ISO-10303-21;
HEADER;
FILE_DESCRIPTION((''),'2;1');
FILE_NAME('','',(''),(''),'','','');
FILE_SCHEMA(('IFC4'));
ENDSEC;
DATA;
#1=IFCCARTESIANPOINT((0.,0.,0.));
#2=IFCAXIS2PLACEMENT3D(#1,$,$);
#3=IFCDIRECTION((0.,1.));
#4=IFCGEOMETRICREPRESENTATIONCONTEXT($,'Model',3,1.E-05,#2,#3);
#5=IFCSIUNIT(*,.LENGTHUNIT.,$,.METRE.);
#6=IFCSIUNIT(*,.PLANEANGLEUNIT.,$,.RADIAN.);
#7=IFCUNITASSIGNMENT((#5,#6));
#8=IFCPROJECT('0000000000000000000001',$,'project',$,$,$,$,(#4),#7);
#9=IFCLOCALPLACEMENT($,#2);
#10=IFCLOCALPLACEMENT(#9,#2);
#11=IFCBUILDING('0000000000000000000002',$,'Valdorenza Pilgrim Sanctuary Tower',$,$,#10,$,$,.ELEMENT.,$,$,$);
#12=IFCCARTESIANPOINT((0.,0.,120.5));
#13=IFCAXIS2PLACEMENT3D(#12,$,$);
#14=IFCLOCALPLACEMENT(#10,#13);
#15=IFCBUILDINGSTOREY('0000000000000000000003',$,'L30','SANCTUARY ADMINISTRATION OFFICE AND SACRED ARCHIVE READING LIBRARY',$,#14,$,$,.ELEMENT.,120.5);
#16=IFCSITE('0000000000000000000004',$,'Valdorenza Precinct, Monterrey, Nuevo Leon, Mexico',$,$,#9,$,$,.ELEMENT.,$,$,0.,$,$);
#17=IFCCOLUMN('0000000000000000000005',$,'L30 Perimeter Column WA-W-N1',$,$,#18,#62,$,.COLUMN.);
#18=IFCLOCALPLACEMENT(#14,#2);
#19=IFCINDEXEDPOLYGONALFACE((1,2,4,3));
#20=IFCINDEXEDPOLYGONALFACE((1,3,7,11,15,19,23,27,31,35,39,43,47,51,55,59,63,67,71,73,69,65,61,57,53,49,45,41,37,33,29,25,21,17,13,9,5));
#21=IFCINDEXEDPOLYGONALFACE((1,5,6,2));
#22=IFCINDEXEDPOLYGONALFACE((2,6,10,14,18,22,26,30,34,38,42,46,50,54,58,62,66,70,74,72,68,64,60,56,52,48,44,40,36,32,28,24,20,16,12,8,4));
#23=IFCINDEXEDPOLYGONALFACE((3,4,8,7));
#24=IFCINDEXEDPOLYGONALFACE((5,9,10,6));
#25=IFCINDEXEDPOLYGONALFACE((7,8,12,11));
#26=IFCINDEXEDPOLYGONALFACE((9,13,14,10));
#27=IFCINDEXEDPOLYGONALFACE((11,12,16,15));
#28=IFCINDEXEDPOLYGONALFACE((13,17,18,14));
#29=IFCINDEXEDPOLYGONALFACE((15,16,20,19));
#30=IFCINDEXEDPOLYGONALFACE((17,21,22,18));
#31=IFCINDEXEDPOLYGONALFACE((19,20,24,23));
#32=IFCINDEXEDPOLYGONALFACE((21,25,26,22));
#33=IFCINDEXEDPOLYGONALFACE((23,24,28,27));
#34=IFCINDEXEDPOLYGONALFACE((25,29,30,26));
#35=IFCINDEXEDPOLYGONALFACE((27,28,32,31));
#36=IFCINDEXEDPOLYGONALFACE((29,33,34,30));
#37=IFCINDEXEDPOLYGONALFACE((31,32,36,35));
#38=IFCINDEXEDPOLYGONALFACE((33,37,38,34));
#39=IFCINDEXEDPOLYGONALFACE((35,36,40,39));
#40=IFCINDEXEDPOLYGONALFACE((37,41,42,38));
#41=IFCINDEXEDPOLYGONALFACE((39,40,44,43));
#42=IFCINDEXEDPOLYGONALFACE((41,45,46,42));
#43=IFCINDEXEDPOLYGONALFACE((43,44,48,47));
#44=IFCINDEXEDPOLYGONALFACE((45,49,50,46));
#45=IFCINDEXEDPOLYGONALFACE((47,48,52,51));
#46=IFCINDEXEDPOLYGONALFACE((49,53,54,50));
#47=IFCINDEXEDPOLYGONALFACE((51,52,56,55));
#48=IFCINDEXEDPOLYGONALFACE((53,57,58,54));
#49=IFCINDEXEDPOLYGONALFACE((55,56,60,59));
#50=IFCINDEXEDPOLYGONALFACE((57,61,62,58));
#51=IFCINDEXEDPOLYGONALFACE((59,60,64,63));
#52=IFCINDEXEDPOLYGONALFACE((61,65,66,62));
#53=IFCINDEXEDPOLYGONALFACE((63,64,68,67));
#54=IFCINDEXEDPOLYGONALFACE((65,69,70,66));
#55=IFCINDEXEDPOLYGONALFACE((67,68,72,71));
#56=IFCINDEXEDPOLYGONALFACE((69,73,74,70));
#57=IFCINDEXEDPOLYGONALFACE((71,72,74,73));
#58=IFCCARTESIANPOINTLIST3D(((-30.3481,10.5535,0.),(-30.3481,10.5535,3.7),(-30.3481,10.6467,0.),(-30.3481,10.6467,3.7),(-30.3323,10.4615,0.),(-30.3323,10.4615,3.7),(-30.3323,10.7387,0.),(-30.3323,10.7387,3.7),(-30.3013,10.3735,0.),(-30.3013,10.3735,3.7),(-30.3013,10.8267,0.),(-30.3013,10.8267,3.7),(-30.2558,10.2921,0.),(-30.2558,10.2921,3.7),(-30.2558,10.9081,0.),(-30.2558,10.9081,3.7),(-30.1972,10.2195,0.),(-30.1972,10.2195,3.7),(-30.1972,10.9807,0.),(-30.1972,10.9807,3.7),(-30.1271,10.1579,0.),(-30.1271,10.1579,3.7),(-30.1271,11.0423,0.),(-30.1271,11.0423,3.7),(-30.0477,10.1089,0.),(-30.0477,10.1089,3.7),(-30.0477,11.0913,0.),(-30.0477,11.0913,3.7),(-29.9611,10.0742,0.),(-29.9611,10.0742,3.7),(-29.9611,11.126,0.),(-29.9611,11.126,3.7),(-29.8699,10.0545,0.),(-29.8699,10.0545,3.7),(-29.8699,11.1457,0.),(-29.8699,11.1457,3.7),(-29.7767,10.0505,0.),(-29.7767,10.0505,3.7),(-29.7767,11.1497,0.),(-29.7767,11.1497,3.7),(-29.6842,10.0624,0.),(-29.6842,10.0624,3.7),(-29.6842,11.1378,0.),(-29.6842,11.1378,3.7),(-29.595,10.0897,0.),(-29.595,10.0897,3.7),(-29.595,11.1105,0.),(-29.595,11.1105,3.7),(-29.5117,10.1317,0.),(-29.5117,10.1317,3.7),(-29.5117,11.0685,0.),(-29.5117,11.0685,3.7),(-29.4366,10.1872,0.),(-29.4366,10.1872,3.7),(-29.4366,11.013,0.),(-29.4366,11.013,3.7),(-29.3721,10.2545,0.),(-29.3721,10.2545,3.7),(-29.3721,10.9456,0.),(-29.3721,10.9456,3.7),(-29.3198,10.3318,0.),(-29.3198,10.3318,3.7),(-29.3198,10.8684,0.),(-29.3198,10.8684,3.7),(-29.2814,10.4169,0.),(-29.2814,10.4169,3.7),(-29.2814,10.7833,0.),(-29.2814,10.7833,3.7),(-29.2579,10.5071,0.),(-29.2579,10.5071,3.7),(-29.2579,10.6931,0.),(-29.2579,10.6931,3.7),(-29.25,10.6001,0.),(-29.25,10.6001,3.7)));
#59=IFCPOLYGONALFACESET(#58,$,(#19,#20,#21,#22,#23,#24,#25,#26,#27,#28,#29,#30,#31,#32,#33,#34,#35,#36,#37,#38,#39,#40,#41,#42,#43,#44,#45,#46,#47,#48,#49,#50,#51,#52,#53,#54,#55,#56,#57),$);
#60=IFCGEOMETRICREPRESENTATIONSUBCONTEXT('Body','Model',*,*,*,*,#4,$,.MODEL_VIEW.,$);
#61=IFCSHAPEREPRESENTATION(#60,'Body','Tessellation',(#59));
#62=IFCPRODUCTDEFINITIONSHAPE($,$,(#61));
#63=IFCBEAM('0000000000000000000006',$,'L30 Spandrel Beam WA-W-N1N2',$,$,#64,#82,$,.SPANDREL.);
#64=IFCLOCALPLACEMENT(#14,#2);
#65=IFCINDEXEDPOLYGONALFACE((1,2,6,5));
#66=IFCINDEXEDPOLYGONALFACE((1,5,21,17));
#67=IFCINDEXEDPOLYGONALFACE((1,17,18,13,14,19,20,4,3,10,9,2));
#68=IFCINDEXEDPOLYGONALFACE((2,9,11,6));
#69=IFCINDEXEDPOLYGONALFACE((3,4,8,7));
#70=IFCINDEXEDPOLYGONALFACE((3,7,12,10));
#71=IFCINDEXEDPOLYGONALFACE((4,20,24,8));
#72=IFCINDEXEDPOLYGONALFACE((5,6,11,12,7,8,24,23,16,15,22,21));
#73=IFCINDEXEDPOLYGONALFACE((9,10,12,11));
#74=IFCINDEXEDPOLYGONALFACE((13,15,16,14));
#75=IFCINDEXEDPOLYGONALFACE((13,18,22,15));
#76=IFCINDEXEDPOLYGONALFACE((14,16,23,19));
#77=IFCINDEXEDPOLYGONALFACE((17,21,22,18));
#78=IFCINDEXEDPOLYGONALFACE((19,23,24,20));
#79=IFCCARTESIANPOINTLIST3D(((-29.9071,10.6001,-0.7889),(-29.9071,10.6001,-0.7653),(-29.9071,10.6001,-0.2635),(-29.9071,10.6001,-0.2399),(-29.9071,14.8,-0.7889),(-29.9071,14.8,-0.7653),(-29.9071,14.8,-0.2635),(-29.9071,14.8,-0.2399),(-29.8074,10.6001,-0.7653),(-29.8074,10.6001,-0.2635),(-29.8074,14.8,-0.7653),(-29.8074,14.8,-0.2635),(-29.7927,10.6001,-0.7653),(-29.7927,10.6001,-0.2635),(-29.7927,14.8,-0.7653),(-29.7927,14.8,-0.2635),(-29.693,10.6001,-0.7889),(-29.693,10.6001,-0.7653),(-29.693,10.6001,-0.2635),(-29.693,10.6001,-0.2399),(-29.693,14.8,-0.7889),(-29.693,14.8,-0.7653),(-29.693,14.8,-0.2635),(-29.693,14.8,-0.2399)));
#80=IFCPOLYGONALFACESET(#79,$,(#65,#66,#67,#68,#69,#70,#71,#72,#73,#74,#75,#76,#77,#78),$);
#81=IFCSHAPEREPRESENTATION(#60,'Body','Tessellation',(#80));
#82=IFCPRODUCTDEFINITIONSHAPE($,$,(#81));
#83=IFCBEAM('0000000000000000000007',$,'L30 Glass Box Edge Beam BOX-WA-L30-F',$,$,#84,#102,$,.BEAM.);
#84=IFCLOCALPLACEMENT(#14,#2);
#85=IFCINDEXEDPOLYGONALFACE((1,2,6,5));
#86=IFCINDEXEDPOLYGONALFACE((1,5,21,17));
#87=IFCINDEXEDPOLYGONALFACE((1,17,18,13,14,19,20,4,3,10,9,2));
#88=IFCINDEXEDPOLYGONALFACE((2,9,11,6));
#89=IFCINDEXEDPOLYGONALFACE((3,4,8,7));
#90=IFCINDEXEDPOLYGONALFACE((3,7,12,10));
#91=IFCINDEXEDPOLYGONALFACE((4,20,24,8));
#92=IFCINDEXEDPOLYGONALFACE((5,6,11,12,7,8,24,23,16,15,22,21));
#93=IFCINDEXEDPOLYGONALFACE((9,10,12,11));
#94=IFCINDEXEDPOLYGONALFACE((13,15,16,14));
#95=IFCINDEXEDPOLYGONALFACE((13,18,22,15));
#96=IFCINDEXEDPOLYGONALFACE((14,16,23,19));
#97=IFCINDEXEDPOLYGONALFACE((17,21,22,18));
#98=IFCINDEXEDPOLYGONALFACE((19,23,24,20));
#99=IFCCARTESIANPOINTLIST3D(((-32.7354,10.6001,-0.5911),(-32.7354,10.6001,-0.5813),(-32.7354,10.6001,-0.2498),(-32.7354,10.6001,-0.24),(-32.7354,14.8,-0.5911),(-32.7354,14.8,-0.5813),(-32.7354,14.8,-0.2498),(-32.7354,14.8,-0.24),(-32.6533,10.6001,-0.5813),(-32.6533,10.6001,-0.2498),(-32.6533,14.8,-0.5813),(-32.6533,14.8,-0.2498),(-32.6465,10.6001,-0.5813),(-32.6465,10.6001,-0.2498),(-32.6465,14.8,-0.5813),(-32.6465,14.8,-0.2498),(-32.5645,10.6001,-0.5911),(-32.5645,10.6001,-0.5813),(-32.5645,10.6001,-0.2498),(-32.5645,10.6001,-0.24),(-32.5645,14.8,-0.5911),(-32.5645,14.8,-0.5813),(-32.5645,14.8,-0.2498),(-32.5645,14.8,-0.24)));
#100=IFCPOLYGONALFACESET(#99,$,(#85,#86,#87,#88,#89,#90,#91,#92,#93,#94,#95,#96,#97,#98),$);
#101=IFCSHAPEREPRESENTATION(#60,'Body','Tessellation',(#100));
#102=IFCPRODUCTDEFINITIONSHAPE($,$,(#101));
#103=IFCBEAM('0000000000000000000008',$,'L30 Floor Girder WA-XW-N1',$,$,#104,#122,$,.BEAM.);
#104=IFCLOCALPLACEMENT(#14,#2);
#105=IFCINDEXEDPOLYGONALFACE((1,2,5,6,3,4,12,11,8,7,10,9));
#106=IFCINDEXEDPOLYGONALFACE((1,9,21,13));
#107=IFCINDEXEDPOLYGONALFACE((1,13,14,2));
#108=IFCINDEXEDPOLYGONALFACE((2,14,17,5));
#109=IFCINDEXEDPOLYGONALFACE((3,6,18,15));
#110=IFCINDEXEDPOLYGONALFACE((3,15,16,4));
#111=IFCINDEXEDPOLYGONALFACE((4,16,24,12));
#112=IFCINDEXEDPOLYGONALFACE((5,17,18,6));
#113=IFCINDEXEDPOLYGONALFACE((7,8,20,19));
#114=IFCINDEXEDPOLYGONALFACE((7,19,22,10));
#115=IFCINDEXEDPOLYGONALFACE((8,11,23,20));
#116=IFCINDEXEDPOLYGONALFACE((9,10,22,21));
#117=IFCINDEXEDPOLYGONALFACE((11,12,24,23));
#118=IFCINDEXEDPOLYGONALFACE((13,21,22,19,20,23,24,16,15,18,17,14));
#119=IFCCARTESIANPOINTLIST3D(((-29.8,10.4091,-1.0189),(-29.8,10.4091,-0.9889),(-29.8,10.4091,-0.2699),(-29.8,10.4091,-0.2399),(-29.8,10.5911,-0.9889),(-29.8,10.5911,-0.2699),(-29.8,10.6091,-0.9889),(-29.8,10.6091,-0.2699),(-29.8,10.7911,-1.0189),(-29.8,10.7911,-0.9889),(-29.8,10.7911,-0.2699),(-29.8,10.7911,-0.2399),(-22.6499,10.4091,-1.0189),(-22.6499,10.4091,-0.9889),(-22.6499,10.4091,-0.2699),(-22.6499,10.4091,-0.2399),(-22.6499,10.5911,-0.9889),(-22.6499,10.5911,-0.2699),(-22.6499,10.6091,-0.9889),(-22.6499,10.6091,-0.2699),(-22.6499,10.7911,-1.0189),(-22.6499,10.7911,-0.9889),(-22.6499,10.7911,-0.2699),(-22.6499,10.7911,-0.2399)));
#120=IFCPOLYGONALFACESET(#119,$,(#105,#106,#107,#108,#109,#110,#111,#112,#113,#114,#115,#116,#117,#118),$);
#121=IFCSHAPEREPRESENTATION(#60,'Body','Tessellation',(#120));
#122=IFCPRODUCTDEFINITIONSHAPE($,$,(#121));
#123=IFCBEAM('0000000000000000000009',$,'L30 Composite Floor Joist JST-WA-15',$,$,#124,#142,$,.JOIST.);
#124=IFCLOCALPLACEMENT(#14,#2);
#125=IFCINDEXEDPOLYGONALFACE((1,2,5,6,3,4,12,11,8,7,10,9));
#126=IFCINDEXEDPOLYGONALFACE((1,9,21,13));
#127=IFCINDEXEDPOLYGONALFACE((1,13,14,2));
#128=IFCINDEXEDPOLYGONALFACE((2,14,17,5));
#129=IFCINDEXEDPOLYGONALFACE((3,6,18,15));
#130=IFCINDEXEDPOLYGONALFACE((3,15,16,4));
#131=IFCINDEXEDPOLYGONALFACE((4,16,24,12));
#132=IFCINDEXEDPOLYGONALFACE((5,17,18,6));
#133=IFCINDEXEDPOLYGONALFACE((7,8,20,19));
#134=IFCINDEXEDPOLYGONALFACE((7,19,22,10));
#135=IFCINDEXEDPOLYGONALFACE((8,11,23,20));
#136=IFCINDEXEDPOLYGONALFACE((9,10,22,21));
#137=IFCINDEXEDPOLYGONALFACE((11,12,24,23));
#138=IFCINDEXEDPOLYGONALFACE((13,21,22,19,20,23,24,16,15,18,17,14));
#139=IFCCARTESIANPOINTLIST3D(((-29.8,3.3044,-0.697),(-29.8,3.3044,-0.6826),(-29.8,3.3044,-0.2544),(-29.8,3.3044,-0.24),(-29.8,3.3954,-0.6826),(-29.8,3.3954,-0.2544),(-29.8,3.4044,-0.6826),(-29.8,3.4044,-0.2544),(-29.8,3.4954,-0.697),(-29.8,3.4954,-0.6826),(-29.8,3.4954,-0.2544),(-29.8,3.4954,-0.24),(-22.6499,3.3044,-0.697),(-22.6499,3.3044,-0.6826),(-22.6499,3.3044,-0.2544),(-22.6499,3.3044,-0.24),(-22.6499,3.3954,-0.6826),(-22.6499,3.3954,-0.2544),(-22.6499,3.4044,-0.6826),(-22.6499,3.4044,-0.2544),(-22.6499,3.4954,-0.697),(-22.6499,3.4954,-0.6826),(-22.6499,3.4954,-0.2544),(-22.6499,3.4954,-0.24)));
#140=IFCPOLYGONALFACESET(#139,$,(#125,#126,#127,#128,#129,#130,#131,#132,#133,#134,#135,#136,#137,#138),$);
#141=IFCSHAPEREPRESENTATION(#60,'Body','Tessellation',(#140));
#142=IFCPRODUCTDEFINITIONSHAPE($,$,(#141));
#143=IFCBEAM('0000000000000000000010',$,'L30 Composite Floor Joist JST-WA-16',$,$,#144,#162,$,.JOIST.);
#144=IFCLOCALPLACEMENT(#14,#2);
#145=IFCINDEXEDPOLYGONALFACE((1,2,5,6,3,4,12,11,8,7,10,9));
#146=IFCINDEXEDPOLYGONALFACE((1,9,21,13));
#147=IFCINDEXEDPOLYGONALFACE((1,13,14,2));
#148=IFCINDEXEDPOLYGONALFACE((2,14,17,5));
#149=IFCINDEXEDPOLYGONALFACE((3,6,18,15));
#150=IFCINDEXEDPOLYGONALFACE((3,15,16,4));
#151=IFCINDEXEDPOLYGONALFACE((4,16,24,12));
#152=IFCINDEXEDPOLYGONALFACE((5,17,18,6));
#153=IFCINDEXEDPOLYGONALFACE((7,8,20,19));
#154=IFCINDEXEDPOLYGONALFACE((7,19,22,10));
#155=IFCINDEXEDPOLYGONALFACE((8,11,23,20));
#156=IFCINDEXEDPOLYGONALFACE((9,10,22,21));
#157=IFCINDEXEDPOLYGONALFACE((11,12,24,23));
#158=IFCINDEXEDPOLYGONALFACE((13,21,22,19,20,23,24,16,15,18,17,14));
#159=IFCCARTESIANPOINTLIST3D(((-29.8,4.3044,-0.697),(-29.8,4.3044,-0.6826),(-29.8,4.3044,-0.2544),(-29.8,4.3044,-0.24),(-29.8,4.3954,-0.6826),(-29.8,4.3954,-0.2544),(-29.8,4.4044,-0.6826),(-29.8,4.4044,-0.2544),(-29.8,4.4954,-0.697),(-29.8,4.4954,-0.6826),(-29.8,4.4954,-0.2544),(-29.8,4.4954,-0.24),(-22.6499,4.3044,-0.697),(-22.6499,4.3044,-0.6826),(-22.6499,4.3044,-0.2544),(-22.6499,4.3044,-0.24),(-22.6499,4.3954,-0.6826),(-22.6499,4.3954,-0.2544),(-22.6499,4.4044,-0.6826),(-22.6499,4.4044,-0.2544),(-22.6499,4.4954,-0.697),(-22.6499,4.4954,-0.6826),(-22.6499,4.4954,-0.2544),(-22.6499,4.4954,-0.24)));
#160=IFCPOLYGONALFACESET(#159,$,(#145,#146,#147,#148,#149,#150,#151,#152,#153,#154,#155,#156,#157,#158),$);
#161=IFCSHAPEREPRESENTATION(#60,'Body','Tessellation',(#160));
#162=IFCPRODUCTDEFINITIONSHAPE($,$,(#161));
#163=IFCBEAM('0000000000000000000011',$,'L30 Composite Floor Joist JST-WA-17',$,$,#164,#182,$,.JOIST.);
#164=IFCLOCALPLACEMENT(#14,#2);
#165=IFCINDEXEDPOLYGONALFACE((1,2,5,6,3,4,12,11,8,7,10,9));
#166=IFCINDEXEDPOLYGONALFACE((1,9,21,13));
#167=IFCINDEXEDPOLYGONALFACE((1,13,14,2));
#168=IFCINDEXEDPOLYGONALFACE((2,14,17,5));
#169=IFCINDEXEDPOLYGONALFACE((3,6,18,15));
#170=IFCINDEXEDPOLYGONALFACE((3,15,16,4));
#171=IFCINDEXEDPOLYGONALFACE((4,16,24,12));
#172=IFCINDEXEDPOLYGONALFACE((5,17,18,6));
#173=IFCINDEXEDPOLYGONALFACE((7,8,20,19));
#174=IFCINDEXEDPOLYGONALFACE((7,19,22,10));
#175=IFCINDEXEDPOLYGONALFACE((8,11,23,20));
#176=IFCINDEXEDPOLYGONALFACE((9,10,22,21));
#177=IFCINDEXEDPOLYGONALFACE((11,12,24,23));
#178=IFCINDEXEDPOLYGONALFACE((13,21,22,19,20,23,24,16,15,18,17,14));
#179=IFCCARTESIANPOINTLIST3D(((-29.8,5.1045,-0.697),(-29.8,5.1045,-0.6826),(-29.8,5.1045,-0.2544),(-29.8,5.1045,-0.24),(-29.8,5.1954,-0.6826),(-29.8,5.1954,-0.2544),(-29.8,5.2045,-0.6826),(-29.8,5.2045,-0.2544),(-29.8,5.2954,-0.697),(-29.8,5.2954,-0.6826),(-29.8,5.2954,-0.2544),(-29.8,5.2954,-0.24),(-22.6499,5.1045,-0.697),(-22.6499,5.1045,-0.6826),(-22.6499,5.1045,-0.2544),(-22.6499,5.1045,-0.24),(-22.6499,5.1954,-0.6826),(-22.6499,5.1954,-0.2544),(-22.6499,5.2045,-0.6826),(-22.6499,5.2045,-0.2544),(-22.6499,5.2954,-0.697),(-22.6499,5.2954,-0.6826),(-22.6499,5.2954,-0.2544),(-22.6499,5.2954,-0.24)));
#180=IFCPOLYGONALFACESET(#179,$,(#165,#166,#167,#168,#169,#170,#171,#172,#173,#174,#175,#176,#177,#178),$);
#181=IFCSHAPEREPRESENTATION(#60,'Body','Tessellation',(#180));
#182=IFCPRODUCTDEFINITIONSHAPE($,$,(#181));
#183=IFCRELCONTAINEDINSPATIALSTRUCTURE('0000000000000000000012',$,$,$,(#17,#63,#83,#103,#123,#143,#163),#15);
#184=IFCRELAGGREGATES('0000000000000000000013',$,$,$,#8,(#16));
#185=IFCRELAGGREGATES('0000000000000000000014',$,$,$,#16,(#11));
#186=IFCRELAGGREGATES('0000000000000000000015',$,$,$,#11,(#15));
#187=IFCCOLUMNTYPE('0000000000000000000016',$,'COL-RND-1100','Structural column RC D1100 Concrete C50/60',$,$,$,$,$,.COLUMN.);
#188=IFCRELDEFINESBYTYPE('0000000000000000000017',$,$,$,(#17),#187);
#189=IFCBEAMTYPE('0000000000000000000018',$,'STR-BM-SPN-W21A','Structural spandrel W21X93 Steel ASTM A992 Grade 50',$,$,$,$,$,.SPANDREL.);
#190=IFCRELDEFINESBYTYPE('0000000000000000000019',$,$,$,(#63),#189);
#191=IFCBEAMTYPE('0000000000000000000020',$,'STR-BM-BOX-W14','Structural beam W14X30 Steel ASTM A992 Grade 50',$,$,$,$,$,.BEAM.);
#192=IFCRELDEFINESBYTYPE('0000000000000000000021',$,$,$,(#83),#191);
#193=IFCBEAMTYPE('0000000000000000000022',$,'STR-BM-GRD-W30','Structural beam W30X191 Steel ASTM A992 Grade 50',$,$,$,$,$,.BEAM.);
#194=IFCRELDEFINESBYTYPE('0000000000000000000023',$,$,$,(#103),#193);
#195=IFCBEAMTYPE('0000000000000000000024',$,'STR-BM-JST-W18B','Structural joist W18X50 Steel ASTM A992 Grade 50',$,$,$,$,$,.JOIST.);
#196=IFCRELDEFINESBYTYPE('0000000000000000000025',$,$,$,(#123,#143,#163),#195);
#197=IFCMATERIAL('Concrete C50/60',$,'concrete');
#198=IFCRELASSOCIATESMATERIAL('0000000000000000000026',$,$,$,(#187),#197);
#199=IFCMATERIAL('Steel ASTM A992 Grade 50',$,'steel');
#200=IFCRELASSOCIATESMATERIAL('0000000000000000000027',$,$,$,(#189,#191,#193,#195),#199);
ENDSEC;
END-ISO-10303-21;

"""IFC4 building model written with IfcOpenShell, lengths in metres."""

from ifc_helpers import new_model, si_unit, direction, frame, origin, origin_2d, place, context, subcontext, project, spatial, circle, i_section, extrude, source, transform, mapped, material, material_profile, profile_set, type_object, element, save


model = new_model("IFC4")

# Units and contexts
model_context = context("Model", 3, precision=1e-05, world=origin(), true_north=direction((0.0, 1.0)))
body_context = subcontext(model_context, "Body", "Model", "MODEL_VIEW")
ifc_project = project(units=[si_unit("LENGTHUNIT", "METRE"), si_unit("PLANEANGLEUNIT", "RADIAN")], contexts=[model_context])

# Site, building, storey
site_placement = place(None, origin())
site = spatial("IfcSite", under=ifc_project, at=site_placement, Name="Valdorenza Precinct, Monterrey, Nuevo Leon, Mexico", CompositionType="ELEMENT", RefElevation=0.0)
building_placement = place(site_placement, origin())
building = spatial("IfcBuilding", under=site, at=building_placement, Name="Valdorenza Pilgrim Sanctuary Tower", CompositionType="ELEMENT")
storey_placement = place(building_placement, frame((0.0, 0.0, 120.5)))
storey = spatial("IfcBuildingStorey", under=building, at=storey_placement, Name="L30", Description="SANCTUARY ADMINISTRATION OFFICE AND SACRED ARCHIVE READING LIBRARY", CompositionType="ELEMENT", Elevation=120.5)

# Column
ifc_material_1 = material(Name="Concrete C50/60", Category="concrete")
ifc_material_profile_1 = material_profile(ifc_material_1, circle(Radius=0.55, at=origin_2d()), Name="RC D1100")
ifc_profile_set_1 = profile_set([ifc_material_profile_1], Name="Concrete C50/60")
column_type = type_object("IfcColumnType", Name="COL-RND-1100", Description="Structural column RC D1100 Concrete C50/60", PredefinedType="COLUMN", material=ifc_profile_set_1)
shared_shape_1 = source(origin(), body_context, "Body", "SweptSolid", [
    extrude(circle(Radius=0.55, at=origin_2d()), origin(), (0.0, 0.0, 1.0), 3.7),
])
column_placement = place(storey_placement, frame((-29.8, 10.6001, 0.0), z_axis=(0.0, 0.0, 1.0), x_axis=(1.0, 0.0, 0.0)))
element("IfcColumn", 1, at=column_placement, inside=storey, type_object=column_type, Name="L30 Perimeter Column WA-W-N1", PredefinedType="COLUMN", context=body_context, shape_type="MappedRepresentation", body=[
    mapped(shared_shape_1, transform((0.0, 0.0, 0.0), x_axis=(1.0, 0.0, 0.0), y_axis=(0.0, 1.0, 0.0), z_axis=(0.0, 0.0, 1.0), scale=1.0)),
])

# Beams
ifc_material_2 = material(Name="Steel ASTM A992 Grade 50", Category="steel")
ifc_material_profile_2 = material_profile(ifc_material_2, i_section(OverallWidth=0.2141, OverallDepth=0.5491, WebThickness=0.0146, FlangeThickness=0.0237, at=origin_2d()), Name="W21X93")
ifc_profile_set_2 = profile_set([ifc_material_profile_2], Name="Steel ASTM A992 Grade 50")
beam_type_1 = type_object("IfcBeamType", Name="STR-BM-SPN-W21A", Description="Structural spandrel W21X93 Steel ASTM A992 Grade 50", PredefinedType="SPANDREL", material=ifc_profile_set_2)
shared_shape_2 = source(origin(), body_context, "Body", "SweptSolid", [
    extrude(i_section(OverallWidth=0.2141, OverallDepth=0.5491, WebThickness=0.0146, FlangeThickness=0.0237, at=origin_2d()), origin(), (0.0, 0.0, 1.0), 4.2),
])
beam_1_placement = place(storey_placement, frame((-29.8, 10.6001, -0.5144), z_axis=(0.0, 1.0, 0.0), x_axis=(-1.0, 0.0, 0.0)))
element("IfcBeam", 2, at=beam_1_placement, inside=storey, type_object=beam_type_1, Name="L30 Spandrel Beam WA-W-N1N2", PredefinedType="SPANDREL", context=body_context, shape_type="MappedRepresentation", body=[
    mapped(shared_shape_2, transform((0.0, 0.0, 0.0), x_axis=(1.0, 0.0, 0.0), y_axis=(0.0, 1.0, 0.0), z_axis=(0.0, 0.0, 1.0), scale=1.0)),
])
ifc_material_profile_3 = material_profile(ifc_material_2, i_section(OverallWidth=0.1709, OverallDepth=0.3511, WebThickness=0.0068, FlangeThickness=0.0098, at=origin_2d()), Name="W14X30")
ifc_profile_set_3 = profile_set([ifc_material_profile_3], Name="Steel ASTM A992 Grade 50")
beam_type_2 = type_object("IfcBeamType", Name="STR-BM-BOX-W14", Description="Structural beam W14X30 Steel ASTM A992 Grade 50", PredefinedType="BEAM", material=ifc_profile_set_3)
shared_shape_3 = source(origin(), body_context, "Body", "SweptSolid", [
    extrude(i_section(OverallWidth=0.1709, OverallDepth=0.3511, WebThickness=0.0068, FlangeThickness=0.0098, at=origin_2d()), origin(), (0.0, 0.0, 1.0), 4.2),
])
beam_2_placement = place(storey_placement, frame((-32.6499, 10.6001, -0.4155), z_axis=(0.0, 1.0, 0.0), x_axis=(-1.0, 0.0, 0.0)))
element("IfcBeam", 3, at=beam_2_placement, inside=storey, type_object=beam_type_2, Name="L30 Glass Box Edge Beam BOX-WA-L30-F", PredefinedType="BEAM", context=body_context, shape_type="MappedRepresentation", body=[
    mapped(shared_shape_3, transform((0.0, 0.0, 0.0), x_axis=(1.0, 0.0, 0.0), y_axis=(0.0, 1.0, 0.0), z_axis=(0.0, 0.0, 1.0), scale=1.0)),
])
ifc_material_profile_4 = material_profile(ifc_material_2, i_section(OverallWidth=0.3821, OverallDepth=0.7791, WebThickness=0.0181, FlangeThickness=0.03, at=origin_2d()), Name="W30X191")
ifc_profile_set_4 = profile_set([ifc_material_profile_4], Name="Steel ASTM A992 Grade 50")
beam_type_3 = type_object("IfcBeamType", Name="STR-BM-GRD-W30", Description="Structural beam W30X191 Steel ASTM A992 Grade 50", PredefinedType="BEAM", material=ifc_profile_set_4)
shared_shape_4 = source(origin(), body_context, "Body", "SweptSolid", [
    extrude(i_section(OverallWidth=0.3821, OverallDepth=0.7791, WebThickness=0.0181, FlangeThickness=0.03, at=origin_2d()), origin(), (0.0, 0.0, 1.0), 7.1501),
])
beam_3_placement = place(storey_placement, frame((-29.8, 10.6001, -0.6294), z_axis=(1.0, 0.0, 0.0), x_axis=(0.0, 1.0, 0.0)))
element("IfcBeam", 4, at=beam_3_placement, inside=storey, type_object=beam_type_3, Name="L30 Floor Girder WA-XW-N1", PredefinedType="BEAM", context=body_context, shape_type="MappedRepresentation", body=[
    mapped(shared_shape_4, transform((0.0, 0.0, 0.0), x_axis=(1.0, 0.0, 0.0), y_axis=(0.0, 1.0, 0.0), z_axis=(0.0, 0.0, 1.0), scale=1.0)),
])
ifc_material_profile_5 = material_profile(ifc_material_2, i_section(OverallWidth=0.1909, OverallDepth=0.457, WebThickness=0.009, FlangeThickness=0.0144, at=origin_2d()), Name="W18X50")
ifc_profile_set_5 = profile_set([ifc_material_profile_5], Name="Steel ASTM A992 Grade 50")
beam_type_4 = type_object("IfcBeamType", Name="STR-BM-JST-W18B", Description="Structural joist W18X50 Steel ASTM A992 Grade 50", PredefinedType="JOIST", material=ifc_profile_set_5)
shared_shape_5 = source(origin(), body_context, "Body", "SweptSolid", [
    extrude(i_section(OverallWidth=0.1909, OverallDepth=0.457, WebThickness=0.009, FlangeThickness=0.0144, at=origin_2d()), origin(), (0.0, 0.0, 1.0), 7.1501),
])
for number, where, z_axis, x_axis, name in (
    (5, (-29.8, 3.3999, -0.4685), (1.0, 0.0, 0.0), (0.0, 1.0, 0.0), "L30 Composite Floor Joist JST-WA-15"),
    (6, (-29.8, 4.3999, -0.4685), (1.0, 0.0, 0.0), (0.0, 1.0, 0.0), "L30 Composite Floor Joist JST-WA-16"),
    (7, (-29.8, 5.2, -0.4685), (1.0, 0.0, 0.0), (0.0, 1.0, 0.0), "L30 Composite Floor Joist JST-WA-17"),
):
    element("IfcBeam", number, at=place(storey_placement, frame(where, z_axis=z_axis, x_axis=x_axis)), inside=storey, type_object=beam_type_4, Name=name, PredefinedType="JOIST", context=body_context, shape_type="MappedRepresentation", body=[
        mapped(shared_shape_5, transform((0.0, 0.0, 0.0), x_axis=(1.0, 0.0, 0.0), y_axis=(0.0, 1.0, 0.0), z_axis=(0.0, 0.0, 1.0), scale=1.0)),
    ])

save(model, "model.ifc")
